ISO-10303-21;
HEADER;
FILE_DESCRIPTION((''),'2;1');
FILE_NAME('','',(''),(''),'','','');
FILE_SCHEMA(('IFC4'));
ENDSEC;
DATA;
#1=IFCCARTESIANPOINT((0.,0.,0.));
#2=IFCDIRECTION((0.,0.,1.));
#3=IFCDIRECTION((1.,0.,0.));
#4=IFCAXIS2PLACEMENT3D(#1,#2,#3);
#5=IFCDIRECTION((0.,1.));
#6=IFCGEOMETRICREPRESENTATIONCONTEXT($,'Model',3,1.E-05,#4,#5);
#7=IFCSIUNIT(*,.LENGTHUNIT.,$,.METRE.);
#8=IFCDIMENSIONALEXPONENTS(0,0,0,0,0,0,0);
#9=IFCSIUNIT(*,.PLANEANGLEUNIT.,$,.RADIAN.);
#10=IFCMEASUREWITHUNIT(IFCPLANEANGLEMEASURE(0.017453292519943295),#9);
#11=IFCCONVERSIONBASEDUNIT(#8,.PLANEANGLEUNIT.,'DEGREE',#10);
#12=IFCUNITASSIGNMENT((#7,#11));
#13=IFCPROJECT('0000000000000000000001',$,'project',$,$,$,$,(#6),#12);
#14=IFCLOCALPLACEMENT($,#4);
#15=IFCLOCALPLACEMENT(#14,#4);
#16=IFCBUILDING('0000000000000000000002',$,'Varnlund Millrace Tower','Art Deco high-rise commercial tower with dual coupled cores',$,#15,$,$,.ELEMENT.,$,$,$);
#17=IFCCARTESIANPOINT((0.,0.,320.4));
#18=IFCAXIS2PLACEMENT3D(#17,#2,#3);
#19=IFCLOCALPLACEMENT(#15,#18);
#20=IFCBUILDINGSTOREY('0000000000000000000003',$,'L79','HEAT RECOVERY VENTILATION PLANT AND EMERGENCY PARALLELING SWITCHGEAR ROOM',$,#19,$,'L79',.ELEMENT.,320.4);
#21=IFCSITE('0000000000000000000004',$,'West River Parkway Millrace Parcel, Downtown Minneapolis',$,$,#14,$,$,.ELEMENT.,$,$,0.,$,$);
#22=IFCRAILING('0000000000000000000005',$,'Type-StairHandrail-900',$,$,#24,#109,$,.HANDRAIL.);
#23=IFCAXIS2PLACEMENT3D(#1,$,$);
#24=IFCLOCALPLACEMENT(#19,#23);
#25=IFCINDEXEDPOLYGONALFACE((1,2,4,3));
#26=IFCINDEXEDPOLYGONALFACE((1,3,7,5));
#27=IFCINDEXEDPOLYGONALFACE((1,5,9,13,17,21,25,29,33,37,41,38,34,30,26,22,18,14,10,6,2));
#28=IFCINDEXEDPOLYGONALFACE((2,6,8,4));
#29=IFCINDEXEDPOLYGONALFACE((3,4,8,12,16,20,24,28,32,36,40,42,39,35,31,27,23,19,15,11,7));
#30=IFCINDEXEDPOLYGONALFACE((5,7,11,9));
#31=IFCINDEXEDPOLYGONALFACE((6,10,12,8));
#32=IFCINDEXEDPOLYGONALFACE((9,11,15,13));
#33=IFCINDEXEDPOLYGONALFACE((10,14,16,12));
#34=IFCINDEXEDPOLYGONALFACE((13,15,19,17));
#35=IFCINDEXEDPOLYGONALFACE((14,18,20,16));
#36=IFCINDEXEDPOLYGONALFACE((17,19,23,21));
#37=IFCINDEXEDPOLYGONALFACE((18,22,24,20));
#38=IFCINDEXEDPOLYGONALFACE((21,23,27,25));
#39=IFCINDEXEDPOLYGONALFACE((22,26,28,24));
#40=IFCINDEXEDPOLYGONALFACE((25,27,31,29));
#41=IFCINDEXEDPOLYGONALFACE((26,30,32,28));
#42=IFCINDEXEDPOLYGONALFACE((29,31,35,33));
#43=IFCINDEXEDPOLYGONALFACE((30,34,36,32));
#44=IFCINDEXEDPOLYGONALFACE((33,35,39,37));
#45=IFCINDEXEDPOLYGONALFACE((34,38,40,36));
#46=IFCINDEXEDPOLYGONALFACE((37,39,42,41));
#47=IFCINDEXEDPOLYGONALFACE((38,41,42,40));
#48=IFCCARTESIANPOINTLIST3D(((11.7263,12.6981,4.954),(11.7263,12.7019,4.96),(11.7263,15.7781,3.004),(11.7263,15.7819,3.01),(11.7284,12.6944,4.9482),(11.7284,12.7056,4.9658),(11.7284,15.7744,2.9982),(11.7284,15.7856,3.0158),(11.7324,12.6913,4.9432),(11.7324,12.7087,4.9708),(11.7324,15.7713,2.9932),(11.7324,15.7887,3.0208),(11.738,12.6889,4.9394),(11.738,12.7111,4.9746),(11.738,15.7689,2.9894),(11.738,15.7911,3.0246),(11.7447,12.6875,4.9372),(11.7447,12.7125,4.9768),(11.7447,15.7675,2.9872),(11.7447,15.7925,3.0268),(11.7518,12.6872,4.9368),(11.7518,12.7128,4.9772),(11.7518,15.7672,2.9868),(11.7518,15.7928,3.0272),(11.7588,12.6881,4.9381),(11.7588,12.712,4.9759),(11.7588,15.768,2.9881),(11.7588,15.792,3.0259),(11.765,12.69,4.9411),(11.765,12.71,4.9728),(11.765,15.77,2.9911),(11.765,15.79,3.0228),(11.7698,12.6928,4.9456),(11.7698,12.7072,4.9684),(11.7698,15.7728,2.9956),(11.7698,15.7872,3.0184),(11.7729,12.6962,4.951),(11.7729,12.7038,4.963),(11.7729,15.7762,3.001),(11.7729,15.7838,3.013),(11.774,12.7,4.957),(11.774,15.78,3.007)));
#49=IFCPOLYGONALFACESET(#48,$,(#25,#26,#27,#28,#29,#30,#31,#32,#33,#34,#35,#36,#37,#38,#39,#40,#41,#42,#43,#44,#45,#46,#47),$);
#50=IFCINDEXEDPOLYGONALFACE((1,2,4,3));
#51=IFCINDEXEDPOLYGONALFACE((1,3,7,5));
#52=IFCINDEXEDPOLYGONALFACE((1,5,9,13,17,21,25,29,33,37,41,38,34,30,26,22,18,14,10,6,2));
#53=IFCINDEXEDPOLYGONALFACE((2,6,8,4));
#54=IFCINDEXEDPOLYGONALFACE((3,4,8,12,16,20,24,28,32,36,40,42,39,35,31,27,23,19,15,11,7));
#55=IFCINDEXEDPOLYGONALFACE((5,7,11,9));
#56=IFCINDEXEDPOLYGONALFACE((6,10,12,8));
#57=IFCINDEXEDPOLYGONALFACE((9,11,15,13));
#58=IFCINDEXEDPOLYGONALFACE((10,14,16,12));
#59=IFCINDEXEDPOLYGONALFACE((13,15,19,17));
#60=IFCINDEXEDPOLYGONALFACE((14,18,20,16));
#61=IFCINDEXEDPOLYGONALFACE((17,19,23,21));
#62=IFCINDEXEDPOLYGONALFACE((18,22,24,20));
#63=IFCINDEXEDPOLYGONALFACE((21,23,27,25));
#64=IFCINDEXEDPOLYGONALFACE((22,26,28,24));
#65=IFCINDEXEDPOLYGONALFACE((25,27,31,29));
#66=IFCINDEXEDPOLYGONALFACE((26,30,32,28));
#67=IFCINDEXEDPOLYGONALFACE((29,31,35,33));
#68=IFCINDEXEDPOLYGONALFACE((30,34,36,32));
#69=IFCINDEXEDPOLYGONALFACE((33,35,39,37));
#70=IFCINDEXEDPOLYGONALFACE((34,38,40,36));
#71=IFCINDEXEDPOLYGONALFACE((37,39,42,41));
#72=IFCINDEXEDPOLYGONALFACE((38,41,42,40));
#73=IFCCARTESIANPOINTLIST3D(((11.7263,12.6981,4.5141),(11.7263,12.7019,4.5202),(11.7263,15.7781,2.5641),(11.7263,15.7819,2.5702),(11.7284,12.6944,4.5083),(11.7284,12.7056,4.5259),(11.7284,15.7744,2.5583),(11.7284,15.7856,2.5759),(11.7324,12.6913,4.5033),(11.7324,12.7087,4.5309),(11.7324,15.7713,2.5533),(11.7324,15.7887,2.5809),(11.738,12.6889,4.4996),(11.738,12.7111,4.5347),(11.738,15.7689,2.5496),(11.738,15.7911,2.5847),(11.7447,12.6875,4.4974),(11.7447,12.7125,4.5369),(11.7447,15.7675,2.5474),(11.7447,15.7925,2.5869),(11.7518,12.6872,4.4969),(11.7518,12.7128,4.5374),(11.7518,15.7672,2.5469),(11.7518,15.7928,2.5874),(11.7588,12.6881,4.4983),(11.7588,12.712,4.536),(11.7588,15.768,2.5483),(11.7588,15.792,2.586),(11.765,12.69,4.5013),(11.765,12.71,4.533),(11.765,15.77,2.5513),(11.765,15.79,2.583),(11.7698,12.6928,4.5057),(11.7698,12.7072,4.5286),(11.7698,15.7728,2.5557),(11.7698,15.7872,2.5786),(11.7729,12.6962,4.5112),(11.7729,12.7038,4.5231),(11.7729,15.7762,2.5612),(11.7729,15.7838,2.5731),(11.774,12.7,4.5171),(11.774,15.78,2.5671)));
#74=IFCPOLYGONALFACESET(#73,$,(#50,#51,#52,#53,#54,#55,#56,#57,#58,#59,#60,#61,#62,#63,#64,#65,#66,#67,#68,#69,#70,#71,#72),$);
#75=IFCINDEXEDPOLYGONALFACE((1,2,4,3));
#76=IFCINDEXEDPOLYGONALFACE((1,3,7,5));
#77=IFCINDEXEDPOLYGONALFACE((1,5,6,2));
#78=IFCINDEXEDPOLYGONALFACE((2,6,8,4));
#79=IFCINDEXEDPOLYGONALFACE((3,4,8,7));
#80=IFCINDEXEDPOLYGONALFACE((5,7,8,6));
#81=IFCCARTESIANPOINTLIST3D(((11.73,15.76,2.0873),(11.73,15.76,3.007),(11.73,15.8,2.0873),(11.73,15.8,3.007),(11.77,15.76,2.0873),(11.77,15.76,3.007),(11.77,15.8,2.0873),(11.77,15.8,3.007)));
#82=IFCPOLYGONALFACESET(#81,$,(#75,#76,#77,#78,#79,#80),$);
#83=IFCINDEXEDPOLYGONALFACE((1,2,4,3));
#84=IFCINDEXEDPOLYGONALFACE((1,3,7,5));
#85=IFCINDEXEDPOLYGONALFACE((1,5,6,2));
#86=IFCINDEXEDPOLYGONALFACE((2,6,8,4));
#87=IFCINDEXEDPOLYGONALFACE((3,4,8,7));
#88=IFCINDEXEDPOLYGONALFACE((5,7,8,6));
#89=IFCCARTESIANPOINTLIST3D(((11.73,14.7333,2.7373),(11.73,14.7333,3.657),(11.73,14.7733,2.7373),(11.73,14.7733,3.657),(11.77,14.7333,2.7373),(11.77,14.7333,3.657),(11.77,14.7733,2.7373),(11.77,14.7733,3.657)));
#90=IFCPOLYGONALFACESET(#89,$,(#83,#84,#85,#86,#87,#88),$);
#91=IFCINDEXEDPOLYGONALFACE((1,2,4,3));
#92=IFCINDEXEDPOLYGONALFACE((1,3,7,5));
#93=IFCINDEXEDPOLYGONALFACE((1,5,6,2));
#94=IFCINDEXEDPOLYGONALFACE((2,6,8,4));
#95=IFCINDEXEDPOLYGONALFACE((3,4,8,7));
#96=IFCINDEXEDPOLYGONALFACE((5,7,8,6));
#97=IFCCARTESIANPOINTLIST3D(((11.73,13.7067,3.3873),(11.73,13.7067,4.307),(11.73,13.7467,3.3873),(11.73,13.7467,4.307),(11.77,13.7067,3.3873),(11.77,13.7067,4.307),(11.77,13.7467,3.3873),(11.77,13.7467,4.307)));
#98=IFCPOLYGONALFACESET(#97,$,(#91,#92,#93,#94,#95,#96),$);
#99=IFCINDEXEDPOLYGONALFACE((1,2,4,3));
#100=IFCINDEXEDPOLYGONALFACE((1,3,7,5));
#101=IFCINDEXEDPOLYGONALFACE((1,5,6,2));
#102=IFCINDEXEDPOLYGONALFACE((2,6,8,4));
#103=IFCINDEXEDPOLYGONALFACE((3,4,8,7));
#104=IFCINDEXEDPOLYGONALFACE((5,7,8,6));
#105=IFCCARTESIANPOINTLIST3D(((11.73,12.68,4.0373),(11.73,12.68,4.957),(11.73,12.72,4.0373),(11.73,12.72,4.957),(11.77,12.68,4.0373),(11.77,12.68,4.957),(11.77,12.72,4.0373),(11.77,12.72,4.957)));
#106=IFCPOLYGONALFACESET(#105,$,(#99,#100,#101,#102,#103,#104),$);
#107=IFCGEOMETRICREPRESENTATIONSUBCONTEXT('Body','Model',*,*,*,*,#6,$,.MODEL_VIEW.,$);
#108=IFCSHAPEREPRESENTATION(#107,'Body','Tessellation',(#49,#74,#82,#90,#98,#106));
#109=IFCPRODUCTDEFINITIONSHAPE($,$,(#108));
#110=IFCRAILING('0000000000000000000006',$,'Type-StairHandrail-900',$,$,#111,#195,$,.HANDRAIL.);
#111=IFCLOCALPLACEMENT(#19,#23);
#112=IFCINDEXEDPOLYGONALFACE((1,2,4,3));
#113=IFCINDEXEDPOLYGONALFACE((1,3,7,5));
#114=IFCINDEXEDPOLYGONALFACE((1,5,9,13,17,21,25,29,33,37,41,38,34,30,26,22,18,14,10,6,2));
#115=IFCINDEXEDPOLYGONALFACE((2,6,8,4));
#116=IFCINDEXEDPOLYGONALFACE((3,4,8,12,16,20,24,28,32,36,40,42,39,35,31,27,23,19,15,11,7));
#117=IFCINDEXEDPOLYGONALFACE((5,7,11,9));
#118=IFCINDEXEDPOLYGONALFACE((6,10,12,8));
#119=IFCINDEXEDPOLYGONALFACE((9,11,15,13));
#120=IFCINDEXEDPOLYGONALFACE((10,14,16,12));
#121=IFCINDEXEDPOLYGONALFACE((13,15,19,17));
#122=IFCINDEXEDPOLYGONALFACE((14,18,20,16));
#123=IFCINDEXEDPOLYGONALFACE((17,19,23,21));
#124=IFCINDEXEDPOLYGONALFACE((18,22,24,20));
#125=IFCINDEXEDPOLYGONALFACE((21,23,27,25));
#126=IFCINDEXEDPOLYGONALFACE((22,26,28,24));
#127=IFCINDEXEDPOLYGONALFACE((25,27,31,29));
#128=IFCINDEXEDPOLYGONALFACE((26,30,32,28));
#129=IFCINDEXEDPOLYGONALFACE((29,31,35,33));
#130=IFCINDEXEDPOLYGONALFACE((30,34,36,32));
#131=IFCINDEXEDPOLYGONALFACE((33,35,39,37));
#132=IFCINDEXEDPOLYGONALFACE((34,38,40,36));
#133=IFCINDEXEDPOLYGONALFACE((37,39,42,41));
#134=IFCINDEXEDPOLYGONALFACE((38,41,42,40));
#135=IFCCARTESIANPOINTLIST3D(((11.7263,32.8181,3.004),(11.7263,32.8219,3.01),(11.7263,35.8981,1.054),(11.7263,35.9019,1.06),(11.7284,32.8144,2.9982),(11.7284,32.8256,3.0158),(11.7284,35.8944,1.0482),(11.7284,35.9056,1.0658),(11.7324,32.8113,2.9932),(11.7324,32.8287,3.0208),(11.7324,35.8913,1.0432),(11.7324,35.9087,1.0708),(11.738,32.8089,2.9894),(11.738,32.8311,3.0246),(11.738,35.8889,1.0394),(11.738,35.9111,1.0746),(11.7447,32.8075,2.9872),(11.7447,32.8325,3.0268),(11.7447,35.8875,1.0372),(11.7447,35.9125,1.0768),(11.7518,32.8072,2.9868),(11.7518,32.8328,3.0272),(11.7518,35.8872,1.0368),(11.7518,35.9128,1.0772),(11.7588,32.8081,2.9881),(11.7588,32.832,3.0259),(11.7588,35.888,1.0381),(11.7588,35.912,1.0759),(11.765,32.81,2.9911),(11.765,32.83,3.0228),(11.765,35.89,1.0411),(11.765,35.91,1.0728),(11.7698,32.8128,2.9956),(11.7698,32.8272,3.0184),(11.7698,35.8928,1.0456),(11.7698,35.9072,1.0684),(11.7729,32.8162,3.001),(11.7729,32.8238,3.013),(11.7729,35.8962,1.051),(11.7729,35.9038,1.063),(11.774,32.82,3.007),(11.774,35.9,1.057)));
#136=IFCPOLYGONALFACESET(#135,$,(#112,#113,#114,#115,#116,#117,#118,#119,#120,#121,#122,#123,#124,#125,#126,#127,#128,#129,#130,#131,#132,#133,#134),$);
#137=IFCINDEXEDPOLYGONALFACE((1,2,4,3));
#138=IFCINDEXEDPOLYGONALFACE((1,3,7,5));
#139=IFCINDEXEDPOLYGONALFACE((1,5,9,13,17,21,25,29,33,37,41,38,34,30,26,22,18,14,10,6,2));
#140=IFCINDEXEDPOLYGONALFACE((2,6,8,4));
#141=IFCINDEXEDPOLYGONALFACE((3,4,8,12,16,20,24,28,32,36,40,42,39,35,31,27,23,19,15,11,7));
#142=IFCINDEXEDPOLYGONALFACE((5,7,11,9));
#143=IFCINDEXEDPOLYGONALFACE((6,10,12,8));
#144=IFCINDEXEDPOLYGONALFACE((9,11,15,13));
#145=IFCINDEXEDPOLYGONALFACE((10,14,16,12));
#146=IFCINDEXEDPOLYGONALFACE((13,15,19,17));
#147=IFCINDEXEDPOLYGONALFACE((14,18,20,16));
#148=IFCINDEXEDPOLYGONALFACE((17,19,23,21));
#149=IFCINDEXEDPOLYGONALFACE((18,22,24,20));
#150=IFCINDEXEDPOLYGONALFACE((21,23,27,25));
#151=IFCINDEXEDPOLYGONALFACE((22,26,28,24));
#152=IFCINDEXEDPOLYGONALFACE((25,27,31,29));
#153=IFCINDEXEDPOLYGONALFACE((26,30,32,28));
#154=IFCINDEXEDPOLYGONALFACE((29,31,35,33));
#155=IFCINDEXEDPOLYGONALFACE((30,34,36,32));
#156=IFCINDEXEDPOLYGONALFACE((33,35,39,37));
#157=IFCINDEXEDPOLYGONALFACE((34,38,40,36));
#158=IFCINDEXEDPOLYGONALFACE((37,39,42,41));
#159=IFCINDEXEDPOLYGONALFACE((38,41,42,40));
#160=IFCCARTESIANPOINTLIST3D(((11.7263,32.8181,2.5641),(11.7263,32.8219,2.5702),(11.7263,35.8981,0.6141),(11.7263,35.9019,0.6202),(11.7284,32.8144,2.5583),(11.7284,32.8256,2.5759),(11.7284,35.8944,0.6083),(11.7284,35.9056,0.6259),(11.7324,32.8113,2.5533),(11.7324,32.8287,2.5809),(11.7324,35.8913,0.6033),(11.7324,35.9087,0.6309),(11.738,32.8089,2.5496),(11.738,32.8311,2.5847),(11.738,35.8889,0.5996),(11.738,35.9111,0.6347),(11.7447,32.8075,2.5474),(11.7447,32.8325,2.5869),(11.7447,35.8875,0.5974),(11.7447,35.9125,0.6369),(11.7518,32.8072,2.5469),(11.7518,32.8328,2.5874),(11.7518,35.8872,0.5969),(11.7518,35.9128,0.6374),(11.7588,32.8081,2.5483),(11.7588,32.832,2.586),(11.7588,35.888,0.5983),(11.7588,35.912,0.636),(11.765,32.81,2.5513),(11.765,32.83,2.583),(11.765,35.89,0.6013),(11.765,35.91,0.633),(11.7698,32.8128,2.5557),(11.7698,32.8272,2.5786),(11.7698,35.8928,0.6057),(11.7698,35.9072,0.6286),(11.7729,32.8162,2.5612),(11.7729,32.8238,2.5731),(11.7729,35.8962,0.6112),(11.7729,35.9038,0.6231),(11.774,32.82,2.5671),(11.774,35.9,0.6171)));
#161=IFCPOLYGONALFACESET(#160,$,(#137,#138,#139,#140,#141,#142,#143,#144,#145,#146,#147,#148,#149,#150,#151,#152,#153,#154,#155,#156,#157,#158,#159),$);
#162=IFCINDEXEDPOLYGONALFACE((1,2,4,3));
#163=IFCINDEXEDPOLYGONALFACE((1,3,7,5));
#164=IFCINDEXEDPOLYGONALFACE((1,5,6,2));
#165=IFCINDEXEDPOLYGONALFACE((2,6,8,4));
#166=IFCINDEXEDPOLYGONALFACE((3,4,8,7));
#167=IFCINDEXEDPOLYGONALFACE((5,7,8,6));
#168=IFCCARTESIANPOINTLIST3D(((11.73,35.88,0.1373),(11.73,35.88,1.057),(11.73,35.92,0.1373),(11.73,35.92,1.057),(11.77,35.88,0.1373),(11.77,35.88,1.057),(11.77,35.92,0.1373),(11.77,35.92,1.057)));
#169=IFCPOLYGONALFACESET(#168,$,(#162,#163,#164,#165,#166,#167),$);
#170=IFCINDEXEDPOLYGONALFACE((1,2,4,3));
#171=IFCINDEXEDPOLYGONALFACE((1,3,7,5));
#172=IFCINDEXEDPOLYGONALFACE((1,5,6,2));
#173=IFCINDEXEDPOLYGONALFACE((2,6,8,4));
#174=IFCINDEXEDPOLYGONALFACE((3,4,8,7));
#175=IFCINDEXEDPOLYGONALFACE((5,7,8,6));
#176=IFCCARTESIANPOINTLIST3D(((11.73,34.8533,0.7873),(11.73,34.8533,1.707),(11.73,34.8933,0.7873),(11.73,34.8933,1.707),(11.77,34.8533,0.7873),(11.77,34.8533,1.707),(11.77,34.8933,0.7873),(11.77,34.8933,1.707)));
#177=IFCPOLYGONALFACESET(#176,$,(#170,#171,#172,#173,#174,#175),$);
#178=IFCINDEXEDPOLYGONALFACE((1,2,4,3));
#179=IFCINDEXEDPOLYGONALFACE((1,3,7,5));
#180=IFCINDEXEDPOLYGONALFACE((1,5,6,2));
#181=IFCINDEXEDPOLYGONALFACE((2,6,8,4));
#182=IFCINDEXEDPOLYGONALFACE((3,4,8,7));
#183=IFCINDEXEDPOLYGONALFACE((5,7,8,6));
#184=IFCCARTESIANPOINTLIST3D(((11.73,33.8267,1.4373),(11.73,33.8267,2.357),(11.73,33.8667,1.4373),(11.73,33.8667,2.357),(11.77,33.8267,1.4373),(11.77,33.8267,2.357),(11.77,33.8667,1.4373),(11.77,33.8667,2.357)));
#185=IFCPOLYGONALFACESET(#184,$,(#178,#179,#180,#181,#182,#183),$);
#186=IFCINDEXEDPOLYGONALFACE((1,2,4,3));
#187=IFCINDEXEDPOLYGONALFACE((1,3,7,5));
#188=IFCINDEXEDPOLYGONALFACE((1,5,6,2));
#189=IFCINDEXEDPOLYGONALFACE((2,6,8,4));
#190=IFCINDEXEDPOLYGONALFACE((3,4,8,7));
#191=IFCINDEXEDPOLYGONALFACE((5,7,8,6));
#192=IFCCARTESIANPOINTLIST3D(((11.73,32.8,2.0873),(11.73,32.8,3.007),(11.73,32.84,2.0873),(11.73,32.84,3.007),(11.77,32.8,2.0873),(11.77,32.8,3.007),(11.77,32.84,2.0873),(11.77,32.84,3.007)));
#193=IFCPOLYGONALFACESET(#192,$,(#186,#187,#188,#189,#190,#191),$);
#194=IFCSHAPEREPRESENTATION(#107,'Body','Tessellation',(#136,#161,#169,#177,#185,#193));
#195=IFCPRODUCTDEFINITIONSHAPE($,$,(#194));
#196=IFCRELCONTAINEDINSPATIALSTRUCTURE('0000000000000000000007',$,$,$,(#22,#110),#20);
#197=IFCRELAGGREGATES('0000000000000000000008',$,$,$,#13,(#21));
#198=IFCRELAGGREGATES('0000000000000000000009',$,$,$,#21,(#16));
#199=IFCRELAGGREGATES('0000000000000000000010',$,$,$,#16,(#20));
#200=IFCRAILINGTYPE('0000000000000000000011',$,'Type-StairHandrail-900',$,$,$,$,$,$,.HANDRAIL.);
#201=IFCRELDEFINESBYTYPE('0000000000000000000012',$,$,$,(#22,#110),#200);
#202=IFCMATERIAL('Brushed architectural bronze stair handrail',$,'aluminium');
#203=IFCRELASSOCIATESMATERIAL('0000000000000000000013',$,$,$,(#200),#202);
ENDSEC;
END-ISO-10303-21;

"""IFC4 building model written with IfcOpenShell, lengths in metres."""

from ifc_helpers import new_model, entity, si_unit, converted_unit, direction, frame, origin_with_axes, origin_2d_with_axis, place, context, subcontext, project, spatial, rectangle, circle, extrude, material, type_object, element, save


model = new_model("IFC4")

# Units and contexts
model_context = context("Model", 3, precision=1e-05, world=origin_with_axes(), true_north=direction((0.0, 1.0)))
body_context = subcontext(model_context, "Body", "Model", "MODEL_VIEW")
ifc_project = project(units=[si_unit("LENGTHUNIT", "METRE"), converted_unit("PLANEANGLEUNIT", "DEGREE", entity("IfcPlaneAngleMeasure", 0.017453292519943295), si_unit("PLANEANGLEUNIT", "RADIAN"), dimensions=[0, 0, 0, 0, 0, 0, 0])], contexts=[model_context])

# Site, building, storey
site_placement = place(None, origin_with_axes())
site = spatial("IfcSite", under=ifc_project, at=site_placement, Name="West River Parkway Millrace Parcel, Downtown Minneapolis", CompositionType="ELEMENT", RefElevation=0.0)
building_placement = place(site_placement, origin_with_axes())
building = spatial("IfcBuilding", under=site, at=building_placement, Name="Varnlund Millrace Tower", Description="Art Deco high-rise commercial tower with dual coupled cores", CompositionType="ELEMENT")
storey_placement = place(building_placement, frame((0.0, 0.0, 320.4), z_axis=(0.0, 0.0, 1.0), x_axis=(1.0, 0.0, 0.0)))
storey = spatial("IfcBuildingStorey", under=building, at=storey_placement, Name="L79", Description="HEAT RECOVERY VENTILATION PLANT AND EMERGENCY PARALLELING SWITCHGEAR ROOM", LongName="L79", CompositionType="ELEMENT", Elevation=320.4)

# Railings
ifc_material_1 = material(Name="Brushed architectural bronze stair handrail", Category="aluminium")
railing_type_1 = type_object("IfcRailingType", Name="Type-StairHandrail-900", PredefinedType="HANDRAIL", material=ifc_material_1)
railing_1_placement = place(storey_placement, frame((0.0, 0.0, -320.4), z_axis=(0.0, 0.0, 1.0), x_axis=(1.0, 0.0, 0.0)))
element("IfcRailing", 1, at=railing_1_placement, inside=storey, type_object=railing_type_1, Name="Type-StairHandrail-900", PredefinedType="HANDRAIL", context=body_context, shape_type="SweptSolid", body=[
    extrude(circle(Radius=0.024, at=origin_2d_with_axis()), frame((11.75, 15.78, 323.407), z_axis=(0.0, -0.844902, 0.534922), x_axis=(1.0, 0.0, 0.0)), (0.0, 0.0, 1.0), 3.6454),
    extrude(circle(Radius=0.024, at=origin_2d_with_axis()), frame((11.75, 15.78, 322.9671), z_axis=(0.0, -0.844902, 0.534922), x_axis=(1.0, 0.0, 0.0)), (0.0, 0.0, 1.0), 3.6454),
    extrude(rectangle(XDim=0.04, YDim=0.04, at=origin_2d_with_axis()), frame((11.75, 15.78, 322.4873), z_axis=(0.0, 0.0, 1.0), x_axis=(1.0, 0.0, 0.0)), (0.0, 0.0, 1.0), 0.9197),
    extrude(rectangle(XDim=0.04, YDim=0.04, at=origin_2d_with_axis()), frame((11.75, 14.7533, 323.1373), z_axis=(0.0, 0.0, 1.0), x_axis=(1.0, 0.0, 0.0)), (0.0, 0.0, 1.0), 0.9197),
    extrude(rectangle(XDim=0.04, YDim=0.04, at=origin_2d_with_axis()), frame((11.75, 13.7267, 323.7873), z_axis=(0.0, 0.0, 1.0), x_axis=(1.0, 0.0, 0.0)), (0.0, 0.0, 1.0), 0.9197),
    extrude(rectangle(XDim=0.04, YDim=0.04, at=origin_2d_with_axis()), frame((11.75, 12.7, 324.4373), z_axis=(0.0, 0.0, 1.0), x_axis=(1.0, 0.0, 0.0)), (0.0, 0.0, 1.0), 0.9197),
])
railing_2_placement = place(storey_placement, frame((0.0, 0.0, -320.4), z_axis=(0.0, 0.0, 1.0), x_axis=(1.0, 0.0, 0.0)))
element("IfcRailing", 2, at=railing_2_placement, inside=storey, type_object=railing_type_1, Name="Type-StairHandrail-900", PredefinedType="HANDRAIL", context=body_context, shape_type="SweptSolid", body=[
    extrude(circle(Radius=0.024, at=origin_2d_with_axis()), frame((11.75, 35.9, 321.457), z_axis=(0.0, -0.844902, 0.534922), x_axis=(1.0, 0.0, 0.0)), (0.0, 0.0, 1.0), 3.6454),
    extrude(circle(Radius=0.024, at=origin_2d_with_axis()), frame((11.75, 35.9, 321.0171), z_axis=(0.0, -0.844902, 0.534922), x_axis=(1.0, 0.0, 0.0)), (0.0, 0.0, 1.0), 3.6454),
    extrude(rectangle(XDim=0.04, YDim=0.04, at=origin_2d_with_axis()), frame((11.75, 35.9, 320.5373), z_axis=(0.0, 0.0, 1.0), x_axis=(1.0, 0.0, 0.0)), (0.0, 0.0, 1.0), 0.9197),
    extrude(rectangle(XDim=0.04, YDim=0.04, at=origin_2d_with_axis()), frame((11.75, 34.8733, 321.1873), z_axis=(0.0, 0.0, 1.0), x_axis=(1.0, 0.0, 0.0)), (0.0, 0.0, 1.0), 0.9197),
    extrude(rectangle(XDim=0.04, YDim=0.04, at=origin_2d_with_axis()), frame((11.75, 33.8467, 321.8373), z_axis=(0.0, 0.0, 1.0), x_axis=(1.0, 0.0, 0.0)), (0.0, 0.0, 1.0), 0.9197),
    extrude(rectangle(XDim=0.04, YDim=0.04, at=origin_2d_with_axis()), frame((11.75, 32.82, 322.4873), z_axis=(0.0, 0.0, 1.0), x_axis=(1.0, 0.0, 0.0)), (0.0, 0.0, 1.0), 0.9197),
])

save(model, "model.ifc")
